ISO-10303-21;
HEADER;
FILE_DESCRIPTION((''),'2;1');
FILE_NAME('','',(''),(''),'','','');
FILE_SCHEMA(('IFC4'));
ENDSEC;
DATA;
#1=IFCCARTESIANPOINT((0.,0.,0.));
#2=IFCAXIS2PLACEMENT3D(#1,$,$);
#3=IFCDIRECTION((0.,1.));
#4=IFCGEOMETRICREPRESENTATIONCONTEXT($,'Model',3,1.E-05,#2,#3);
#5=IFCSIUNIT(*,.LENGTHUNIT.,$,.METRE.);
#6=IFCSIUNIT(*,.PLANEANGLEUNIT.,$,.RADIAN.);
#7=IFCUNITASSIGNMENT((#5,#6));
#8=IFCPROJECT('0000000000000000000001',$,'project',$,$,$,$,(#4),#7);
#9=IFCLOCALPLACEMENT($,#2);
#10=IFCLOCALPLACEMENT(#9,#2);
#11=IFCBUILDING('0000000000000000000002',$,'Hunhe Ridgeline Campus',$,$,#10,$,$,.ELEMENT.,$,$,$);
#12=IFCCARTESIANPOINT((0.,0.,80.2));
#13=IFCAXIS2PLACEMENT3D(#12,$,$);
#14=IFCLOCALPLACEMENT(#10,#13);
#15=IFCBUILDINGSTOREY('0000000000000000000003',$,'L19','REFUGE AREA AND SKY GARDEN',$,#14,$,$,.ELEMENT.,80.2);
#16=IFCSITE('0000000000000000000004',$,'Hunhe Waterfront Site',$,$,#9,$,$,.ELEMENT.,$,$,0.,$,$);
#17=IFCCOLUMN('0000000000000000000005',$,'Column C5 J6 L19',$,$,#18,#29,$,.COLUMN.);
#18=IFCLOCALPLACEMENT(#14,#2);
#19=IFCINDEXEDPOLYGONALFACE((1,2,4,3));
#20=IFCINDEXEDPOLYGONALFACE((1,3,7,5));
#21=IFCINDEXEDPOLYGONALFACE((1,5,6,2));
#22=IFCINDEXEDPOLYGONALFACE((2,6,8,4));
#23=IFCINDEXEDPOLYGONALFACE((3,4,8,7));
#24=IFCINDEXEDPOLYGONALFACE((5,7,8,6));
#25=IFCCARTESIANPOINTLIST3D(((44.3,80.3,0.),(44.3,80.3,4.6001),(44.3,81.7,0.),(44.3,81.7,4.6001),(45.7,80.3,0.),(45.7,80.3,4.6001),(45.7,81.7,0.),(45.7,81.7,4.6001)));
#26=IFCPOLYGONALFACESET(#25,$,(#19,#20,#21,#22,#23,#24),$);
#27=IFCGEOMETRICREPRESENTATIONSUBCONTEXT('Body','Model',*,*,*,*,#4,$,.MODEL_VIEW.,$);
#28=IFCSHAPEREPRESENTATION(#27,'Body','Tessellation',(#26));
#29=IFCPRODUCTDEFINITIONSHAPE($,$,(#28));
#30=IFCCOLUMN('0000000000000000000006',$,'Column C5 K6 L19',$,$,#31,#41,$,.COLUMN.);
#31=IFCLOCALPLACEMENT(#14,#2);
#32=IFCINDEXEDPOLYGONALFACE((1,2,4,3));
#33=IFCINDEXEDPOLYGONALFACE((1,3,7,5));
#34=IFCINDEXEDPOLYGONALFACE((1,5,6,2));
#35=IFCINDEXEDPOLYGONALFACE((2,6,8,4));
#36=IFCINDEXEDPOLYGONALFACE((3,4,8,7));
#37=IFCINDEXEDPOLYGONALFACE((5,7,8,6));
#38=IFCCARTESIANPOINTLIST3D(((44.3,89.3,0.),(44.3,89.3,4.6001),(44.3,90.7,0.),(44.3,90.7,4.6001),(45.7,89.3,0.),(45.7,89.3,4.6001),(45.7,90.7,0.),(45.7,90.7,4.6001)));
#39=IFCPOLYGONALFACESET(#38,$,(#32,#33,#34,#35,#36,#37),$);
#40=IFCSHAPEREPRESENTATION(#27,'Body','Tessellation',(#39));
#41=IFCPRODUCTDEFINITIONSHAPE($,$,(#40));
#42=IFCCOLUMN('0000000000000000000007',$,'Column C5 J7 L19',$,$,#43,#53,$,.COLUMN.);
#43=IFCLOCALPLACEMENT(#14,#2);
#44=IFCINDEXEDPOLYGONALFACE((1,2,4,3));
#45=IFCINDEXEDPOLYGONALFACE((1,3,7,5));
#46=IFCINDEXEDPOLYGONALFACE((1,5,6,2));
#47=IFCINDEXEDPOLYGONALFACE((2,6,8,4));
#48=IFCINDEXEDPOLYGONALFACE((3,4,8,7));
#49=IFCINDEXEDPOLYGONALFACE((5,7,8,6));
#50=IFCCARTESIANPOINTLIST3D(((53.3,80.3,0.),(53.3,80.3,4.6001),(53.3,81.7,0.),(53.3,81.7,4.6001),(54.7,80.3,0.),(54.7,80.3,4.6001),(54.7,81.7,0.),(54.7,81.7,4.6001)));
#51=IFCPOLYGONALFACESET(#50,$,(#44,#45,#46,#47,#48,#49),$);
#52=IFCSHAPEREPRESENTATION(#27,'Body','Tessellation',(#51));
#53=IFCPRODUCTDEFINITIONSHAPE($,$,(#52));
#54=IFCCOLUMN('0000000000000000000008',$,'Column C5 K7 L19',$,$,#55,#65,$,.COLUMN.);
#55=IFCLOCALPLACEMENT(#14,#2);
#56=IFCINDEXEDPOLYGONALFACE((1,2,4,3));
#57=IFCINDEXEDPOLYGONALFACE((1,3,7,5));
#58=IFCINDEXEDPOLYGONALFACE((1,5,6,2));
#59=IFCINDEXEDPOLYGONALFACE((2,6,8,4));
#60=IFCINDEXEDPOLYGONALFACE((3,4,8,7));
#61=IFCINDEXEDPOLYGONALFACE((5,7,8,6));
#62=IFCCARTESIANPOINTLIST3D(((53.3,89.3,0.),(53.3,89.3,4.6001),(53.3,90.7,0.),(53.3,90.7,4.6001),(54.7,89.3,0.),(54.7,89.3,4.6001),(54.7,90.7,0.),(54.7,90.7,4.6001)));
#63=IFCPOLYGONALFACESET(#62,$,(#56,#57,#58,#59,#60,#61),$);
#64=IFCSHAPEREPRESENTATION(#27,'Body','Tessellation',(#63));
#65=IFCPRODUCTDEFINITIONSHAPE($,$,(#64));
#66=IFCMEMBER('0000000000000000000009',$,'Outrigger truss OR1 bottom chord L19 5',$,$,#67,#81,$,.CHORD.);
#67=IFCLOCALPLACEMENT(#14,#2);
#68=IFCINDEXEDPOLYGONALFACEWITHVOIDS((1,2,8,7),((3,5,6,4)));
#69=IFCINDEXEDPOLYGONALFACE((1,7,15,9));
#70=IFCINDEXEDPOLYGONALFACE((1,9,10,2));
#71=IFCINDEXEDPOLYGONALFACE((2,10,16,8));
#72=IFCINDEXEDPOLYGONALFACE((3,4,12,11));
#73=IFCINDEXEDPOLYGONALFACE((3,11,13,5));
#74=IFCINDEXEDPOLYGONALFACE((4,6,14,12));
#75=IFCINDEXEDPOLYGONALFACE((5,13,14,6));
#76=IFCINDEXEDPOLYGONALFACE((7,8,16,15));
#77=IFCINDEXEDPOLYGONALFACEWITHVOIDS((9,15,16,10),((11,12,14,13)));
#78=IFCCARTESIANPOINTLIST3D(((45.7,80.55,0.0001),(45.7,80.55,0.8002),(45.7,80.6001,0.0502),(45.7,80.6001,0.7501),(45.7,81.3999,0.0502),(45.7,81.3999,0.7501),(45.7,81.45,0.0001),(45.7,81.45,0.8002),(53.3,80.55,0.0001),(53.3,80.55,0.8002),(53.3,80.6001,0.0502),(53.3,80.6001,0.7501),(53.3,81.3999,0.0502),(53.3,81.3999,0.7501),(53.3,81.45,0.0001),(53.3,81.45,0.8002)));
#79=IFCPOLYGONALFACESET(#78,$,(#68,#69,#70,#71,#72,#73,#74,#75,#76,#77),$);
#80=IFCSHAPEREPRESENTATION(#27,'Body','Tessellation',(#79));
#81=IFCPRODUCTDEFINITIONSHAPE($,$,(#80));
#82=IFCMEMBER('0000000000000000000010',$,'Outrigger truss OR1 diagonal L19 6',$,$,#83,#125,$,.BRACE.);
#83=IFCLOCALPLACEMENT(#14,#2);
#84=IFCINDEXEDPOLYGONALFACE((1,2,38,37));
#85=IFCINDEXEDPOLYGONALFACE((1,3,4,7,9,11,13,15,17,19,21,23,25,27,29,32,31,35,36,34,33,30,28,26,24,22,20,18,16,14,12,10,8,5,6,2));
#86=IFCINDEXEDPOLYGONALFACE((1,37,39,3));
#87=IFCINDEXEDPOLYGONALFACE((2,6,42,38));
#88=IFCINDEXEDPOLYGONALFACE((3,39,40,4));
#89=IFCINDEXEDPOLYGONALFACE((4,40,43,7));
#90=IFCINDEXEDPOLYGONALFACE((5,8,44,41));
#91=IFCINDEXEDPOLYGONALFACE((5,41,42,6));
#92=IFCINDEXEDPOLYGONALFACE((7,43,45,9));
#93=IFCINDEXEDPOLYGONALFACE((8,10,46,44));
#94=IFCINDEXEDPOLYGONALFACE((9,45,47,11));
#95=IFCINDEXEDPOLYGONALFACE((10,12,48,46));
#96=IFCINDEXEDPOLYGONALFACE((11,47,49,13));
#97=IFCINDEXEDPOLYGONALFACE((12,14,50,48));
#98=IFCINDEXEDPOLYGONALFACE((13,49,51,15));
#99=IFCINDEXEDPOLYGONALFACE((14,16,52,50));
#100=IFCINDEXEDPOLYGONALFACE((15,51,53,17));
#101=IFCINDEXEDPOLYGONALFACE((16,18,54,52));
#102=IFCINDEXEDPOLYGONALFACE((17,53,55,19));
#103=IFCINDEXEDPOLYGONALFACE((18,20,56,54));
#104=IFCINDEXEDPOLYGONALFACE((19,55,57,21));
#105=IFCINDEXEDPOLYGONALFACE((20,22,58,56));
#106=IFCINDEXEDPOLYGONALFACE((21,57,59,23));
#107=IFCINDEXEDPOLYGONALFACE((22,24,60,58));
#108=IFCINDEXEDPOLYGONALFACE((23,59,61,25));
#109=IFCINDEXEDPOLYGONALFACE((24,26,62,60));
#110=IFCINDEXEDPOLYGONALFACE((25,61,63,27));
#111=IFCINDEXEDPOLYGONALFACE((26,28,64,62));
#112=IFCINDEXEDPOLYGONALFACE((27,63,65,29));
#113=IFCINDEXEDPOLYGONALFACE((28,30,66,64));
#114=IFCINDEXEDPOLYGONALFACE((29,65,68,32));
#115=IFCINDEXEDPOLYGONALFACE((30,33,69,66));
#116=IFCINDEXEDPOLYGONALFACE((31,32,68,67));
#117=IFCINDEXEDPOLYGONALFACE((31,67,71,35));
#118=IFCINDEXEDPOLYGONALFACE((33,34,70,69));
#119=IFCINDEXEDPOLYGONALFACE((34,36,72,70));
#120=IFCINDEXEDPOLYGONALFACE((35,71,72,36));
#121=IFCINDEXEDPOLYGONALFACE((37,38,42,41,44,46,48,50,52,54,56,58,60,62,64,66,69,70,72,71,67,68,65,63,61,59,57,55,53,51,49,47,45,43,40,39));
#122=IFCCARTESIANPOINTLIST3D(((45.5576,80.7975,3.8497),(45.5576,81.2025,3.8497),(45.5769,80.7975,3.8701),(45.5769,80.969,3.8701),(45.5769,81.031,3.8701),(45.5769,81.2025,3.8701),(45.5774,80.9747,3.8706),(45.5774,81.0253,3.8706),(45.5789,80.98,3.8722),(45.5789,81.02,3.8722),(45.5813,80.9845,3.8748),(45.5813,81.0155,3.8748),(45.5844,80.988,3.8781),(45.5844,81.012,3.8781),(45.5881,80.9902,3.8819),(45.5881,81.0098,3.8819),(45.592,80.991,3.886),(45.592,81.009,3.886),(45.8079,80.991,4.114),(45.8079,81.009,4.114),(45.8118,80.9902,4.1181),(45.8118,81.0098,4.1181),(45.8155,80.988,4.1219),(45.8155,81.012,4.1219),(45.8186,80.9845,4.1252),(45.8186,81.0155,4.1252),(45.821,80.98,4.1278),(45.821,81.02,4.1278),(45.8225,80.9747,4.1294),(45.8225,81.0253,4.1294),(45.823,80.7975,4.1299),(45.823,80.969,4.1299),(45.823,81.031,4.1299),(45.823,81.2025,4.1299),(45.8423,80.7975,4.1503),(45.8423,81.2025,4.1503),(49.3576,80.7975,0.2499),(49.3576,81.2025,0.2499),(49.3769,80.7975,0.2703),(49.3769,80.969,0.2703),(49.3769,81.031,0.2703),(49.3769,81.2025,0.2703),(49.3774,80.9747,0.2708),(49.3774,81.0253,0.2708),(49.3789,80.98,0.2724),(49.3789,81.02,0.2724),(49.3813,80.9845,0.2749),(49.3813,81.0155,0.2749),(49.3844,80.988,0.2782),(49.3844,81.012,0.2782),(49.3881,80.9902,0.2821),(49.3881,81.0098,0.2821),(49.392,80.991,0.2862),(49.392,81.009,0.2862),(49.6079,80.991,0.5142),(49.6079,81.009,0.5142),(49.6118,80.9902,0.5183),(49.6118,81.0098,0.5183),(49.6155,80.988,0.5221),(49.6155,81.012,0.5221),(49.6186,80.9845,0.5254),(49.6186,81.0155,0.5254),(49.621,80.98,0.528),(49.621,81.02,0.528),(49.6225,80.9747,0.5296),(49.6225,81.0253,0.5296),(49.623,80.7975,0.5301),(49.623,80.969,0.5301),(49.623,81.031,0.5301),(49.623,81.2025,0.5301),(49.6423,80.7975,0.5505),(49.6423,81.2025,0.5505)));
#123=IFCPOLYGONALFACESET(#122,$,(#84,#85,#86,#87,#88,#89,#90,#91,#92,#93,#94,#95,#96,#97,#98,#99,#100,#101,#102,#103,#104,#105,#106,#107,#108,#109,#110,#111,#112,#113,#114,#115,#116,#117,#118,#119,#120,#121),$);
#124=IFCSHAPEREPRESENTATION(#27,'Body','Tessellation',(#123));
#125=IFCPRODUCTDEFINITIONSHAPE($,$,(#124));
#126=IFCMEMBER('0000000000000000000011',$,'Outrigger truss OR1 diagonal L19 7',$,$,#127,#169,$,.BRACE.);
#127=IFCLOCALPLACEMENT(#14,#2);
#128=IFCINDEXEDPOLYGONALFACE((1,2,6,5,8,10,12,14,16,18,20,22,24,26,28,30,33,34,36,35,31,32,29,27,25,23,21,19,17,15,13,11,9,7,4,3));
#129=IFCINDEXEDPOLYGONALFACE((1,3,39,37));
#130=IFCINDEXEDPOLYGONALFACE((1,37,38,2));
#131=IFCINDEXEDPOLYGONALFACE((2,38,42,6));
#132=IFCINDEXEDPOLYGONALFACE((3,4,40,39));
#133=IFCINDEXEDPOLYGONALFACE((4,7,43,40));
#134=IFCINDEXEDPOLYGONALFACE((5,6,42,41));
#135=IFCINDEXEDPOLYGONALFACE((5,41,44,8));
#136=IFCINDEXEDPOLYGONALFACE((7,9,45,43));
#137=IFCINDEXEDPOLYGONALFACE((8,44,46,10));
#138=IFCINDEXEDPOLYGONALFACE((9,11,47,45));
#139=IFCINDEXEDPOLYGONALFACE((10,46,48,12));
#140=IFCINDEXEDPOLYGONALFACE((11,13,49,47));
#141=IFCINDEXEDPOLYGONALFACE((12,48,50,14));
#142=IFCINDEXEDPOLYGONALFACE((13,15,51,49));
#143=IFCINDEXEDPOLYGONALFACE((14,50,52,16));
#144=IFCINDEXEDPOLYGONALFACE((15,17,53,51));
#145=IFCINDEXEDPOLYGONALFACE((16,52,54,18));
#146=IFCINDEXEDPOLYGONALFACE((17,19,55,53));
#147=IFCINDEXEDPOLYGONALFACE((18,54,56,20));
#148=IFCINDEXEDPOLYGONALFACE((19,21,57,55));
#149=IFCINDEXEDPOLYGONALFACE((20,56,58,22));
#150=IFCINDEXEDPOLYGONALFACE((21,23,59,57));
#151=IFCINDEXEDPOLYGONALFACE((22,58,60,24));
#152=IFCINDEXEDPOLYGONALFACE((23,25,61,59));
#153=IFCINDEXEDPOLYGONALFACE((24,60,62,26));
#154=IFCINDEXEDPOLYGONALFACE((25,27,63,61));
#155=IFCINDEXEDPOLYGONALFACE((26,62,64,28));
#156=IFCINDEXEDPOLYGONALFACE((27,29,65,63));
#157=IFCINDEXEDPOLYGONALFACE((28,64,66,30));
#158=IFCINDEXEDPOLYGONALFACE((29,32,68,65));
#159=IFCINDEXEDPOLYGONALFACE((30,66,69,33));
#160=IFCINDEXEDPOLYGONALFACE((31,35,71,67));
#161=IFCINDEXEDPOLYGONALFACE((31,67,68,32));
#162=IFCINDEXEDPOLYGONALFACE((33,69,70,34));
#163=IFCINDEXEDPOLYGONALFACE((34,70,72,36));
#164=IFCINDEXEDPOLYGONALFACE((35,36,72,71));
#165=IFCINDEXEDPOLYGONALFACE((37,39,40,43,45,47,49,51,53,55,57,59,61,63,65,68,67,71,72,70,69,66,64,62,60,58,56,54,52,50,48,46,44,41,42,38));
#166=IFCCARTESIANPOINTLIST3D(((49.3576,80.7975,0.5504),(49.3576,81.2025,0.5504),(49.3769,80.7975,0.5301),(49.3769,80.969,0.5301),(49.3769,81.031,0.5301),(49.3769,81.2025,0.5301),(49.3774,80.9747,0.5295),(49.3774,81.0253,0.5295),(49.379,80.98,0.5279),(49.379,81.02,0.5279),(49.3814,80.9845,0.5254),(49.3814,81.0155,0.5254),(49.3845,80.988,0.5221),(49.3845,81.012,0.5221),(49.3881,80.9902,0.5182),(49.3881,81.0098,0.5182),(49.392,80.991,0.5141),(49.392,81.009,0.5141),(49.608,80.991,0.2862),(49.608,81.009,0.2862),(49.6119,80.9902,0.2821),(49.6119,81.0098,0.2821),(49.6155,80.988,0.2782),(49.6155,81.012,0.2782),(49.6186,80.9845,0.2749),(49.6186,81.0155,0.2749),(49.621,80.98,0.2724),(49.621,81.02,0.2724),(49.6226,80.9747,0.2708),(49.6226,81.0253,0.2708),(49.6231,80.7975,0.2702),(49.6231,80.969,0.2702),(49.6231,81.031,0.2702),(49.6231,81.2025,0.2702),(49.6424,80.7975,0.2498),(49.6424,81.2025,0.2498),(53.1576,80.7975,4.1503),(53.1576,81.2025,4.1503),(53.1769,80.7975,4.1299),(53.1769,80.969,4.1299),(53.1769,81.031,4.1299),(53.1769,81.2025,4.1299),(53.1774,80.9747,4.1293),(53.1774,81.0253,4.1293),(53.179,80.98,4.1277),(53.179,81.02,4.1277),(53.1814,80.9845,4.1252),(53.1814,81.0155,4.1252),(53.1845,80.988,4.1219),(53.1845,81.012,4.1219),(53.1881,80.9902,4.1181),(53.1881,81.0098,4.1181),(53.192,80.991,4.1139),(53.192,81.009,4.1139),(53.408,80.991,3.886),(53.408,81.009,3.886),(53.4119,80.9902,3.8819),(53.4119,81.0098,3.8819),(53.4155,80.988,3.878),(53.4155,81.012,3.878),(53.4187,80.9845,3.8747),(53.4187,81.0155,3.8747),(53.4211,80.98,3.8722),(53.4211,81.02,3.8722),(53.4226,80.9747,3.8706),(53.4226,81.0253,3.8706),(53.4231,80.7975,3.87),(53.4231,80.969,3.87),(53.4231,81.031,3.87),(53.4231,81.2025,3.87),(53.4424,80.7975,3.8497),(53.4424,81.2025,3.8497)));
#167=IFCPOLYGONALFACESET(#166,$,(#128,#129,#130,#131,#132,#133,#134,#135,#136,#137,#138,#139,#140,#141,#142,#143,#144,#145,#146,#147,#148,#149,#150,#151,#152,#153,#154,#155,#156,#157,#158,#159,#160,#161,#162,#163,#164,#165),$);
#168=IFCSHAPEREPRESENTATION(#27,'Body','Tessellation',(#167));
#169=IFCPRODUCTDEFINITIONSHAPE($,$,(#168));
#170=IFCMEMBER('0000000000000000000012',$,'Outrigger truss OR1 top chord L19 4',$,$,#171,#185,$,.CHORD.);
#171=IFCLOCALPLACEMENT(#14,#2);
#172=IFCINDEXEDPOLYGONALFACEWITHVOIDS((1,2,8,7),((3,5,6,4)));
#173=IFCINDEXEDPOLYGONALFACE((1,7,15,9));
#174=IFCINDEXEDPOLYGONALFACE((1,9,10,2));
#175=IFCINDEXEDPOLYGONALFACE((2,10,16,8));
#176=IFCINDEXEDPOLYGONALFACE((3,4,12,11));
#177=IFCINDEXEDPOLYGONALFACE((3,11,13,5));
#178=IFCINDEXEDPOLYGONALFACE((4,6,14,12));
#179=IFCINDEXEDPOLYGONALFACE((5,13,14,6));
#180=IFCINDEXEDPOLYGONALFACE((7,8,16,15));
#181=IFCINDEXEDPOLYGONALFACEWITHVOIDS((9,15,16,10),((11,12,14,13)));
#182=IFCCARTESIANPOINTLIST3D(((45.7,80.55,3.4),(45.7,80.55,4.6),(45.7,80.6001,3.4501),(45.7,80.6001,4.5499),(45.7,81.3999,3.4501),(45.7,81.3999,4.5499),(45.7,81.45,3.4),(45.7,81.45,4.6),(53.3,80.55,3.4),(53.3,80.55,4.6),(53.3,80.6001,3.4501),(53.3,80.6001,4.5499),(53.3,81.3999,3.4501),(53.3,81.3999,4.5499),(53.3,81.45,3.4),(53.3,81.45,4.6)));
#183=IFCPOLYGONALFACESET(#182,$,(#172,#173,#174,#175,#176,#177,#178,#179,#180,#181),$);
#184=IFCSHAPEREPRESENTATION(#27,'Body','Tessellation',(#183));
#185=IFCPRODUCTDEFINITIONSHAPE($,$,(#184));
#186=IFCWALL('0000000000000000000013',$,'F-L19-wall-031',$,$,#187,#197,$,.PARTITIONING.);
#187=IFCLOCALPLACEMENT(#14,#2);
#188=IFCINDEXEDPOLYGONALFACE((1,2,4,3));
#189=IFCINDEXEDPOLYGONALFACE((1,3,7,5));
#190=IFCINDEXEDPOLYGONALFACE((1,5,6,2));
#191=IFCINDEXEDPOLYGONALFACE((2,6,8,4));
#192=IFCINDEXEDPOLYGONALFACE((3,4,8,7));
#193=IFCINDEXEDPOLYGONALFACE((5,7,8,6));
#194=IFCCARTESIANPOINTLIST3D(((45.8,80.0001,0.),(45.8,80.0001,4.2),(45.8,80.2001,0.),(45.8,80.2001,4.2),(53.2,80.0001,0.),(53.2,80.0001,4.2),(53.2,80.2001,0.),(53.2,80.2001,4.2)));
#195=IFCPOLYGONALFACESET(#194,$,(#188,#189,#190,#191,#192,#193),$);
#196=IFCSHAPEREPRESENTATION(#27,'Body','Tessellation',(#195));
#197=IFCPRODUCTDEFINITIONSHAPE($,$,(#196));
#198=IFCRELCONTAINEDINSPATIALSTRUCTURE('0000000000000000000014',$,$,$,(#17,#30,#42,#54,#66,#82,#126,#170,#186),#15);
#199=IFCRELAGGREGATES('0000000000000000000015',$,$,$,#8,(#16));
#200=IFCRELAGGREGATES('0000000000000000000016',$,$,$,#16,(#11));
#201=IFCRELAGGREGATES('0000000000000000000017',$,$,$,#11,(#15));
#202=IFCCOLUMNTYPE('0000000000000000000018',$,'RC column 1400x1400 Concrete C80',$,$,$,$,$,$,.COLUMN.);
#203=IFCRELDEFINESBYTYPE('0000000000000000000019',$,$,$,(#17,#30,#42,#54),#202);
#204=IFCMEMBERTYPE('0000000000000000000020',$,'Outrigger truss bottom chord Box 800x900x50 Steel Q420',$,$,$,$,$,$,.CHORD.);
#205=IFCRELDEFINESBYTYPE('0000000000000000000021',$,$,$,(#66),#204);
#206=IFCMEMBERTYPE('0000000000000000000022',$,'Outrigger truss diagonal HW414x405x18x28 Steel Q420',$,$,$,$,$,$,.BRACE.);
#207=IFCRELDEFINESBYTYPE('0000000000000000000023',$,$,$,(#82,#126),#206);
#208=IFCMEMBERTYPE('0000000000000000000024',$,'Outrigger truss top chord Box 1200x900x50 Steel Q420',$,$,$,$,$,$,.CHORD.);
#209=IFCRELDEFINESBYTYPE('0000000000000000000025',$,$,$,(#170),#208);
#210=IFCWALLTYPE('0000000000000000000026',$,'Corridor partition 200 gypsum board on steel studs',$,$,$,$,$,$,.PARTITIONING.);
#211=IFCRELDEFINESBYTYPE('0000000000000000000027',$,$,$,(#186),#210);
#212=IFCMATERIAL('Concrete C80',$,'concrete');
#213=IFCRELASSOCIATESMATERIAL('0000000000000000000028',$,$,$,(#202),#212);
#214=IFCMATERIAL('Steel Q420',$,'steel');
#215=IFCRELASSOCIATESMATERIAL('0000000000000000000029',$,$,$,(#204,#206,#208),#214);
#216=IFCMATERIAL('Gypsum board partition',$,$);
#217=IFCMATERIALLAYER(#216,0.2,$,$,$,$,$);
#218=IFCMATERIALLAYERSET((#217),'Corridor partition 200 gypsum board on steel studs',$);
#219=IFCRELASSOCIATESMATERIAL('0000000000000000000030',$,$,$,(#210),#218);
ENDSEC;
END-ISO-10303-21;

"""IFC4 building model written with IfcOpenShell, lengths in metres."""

from ifc_helpers import new_model, si_unit, direction, frame, frame_2d, origin, origin_2d, place, context, subcontext, project, spatial, rectangle, hollow_rectangle, i_section, extrude, material, layer, layer_set, material_profile, profile_set, type_object, element, save


model = new_model("IFC4")

# Units and contexts
model_context = context("Model", 3, precision=1e-05, world=origin(), true_north=direction((0.0, 1.0)))
body_context = subcontext(model_context, "Body", "Model", "MODEL_VIEW")
ifc_project = project(units=[si_unit("LENGTHUNIT", "METRE"), si_unit("PLANEANGLEUNIT", "RADIAN")], contexts=[model_context])

# Site, building, storey
site_placement = place(None, origin())
site = spatial("IfcSite", under=ifc_project, at=site_placement, Name="Hunhe Waterfront Site", CompositionType="ELEMENT", RefElevation=0.0)
building_placement = place(site_placement, origin())
building = spatial("IfcBuilding", under=site, at=building_placement, Name="Hunhe Ridgeline Campus", CompositionType="ELEMENT")
storey_placement = place(building_placement, frame((0.0, 0.0, 80.2)))
storey = spatial("IfcBuildingStorey", under=building, at=storey_placement, Name="L19", Description="REFUGE AREA AND SKY GARDEN", CompositionType="ELEMENT", Elevation=80.2)

# Columns
ifc_material_1 = material(Name="Concrete C80", Category="concrete")
ifc_material_profile_1 = material_profile(ifc_material_1, rectangle(XDim=1.3999, YDim=1.3999, at=origin_2d()))
ifc_profile_set_1 = profile_set([ifc_material_profile_1], Name="Concrete C80")
column_type = type_object("IfcColumnType", Name="RC column 1400x1400 Concrete C80", PredefinedType="COLUMN", material=ifc_profile_set_1)
for number, where, z_axis, x_axis, name in (
    (1, (45.0, 81.0, 0.0), (0.0, 0.0, 1.0), (1.0, 0.0, 0.0), "Column C5 J6 L19"),
    (2, (45.0, 90.0, 0.0), (0.0, 0.0, 1.0), (1.0, 0.0, 0.0), "Column C5 K6 L19"),
    (3, (54.0, 81.0, 0.0), (0.0, 0.0, 1.0), (1.0, 0.0, 0.0), "Column C5 J7 L19"),
    (4, (54.0, 90.0, 0.0), (0.0, 0.0, 1.0), (1.0, 0.0, 0.0), "Column C5 K7 L19"),
):
    element("IfcColumn", number, at=place(storey_placement, frame(where, z_axis=z_axis, x_axis=x_axis)), inside=storey, type_object=column_type, Name=name, PredefinedType="COLUMN", context=body_context, shape_type="SweptSolid", body=[
        extrude(rectangle(XDim=1.3999, YDim=1.3999, at=origin_2d()), origin(), (0.0, 0.0, 1.0), 4.6001),
    ])

# Members
ifc_material_2 = material(Name="Steel Q420", Category="steel")
ifc_material_profile_2 = material_profile(ifc_material_2, hollow_rectangle(XDim=0.8999, YDim=0.8, WallThickness=0.05, at=origin_2d()))
ifc_profile_set_2 = profile_set([ifc_material_profile_2], Name="Steel Q420")
member_type_1 = type_object("IfcMemberType", Name="Outrigger truss bottom chord Box 800x900x50 Steel Q420", PredefinedType="CHORD", material=ifc_profile_set_2)
member_1_placement = place(storey_placement, frame((45.7, 81.0, 0.4001), z_axis=(1.0, 0.0, 0.0), x_axis=(0.0, 1.0, 0.0)))
element("IfcMember", 5, at=member_1_placement, inside=storey, type_object=member_type_1, Name="Outrigger truss OR1 bottom chord L19 5", PredefinedType="CHORD", context=body_context, shape_type="SweptSolid", body=[
    extrude(hollow_rectangle(XDim=0.8999, YDim=0.8, WallThickness=0.05, at=origin_2d()), origin(), (0.0, 0.0, 1.0), 7.6001),
])
ifc_material_profile_3 = material_profile(ifc_material_2, i_section(OverallWidth=0.405, OverallDepth=0.4141, WebThickness=0.0181, FlangeThickness=0.0281, FilletRadius=0.022, at=origin_2d()))
ifc_profile_set_3 = profile_set([ifc_material_profile_3], Name="Steel Q420")
member_type_2 = type_object("IfcMemberType", Name="Outrigger truss diagonal HW414x405x18x28 Steel Q420", PredefinedType="BRACE", material=ifc_profile_set_3)
for number, where, z_axis, x_axis, name in (
    (6, (45.7, 81.0, 4.0), (0.725971, 0.0, -0.687725), (0.0, 1.0, 0.0), "Outrigger truss OR1 diagonal L19 6"),
    (7, (49.5, 81.0, 0.4001), (0.725971, 0.0, 0.687725), (0.0, 1.0, 0.0), "Outrigger truss OR1 diagonal L19 7"),
):
    element("IfcMember", number, at=place(storey_placement, frame(where, z_axis=z_axis, x_axis=x_axis)), inside=storey, type_object=member_type_2, Name=name, PredefinedType="BRACE", context=body_context, shape_type="SweptSolid", body=[
        extrude(i_section(OverallWidth=0.405, OverallDepth=0.4141, WebThickness=0.0181, FlangeThickness=0.0281, FilletRadius=0.022, at=origin_2d()), origin(), (0.0, 0.0, 1.0), 5.2344),
    ])
ifc_material_profile_4 = material_profile(ifc_material_2, hollow_rectangle(XDim=0.8999, YDim=1.2, WallThickness=0.05, at=origin_2d()))
ifc_profile_set_4 = profile_set([ifc_material_profile_4], Name="Steel Q420")
member_type_3 = type_object("IfcMemberType", Name="Outrigger truss top chord Box 1200x900x50 Steel Q420", PredefinedType="CHORD", material=ifc_profile_set_4)
member_2_placement = place(storey_placement, frame((45.7, 81.0, 4.0), z_axis=(1.0, 0.0, 0.0), x_axis=(0.0, 1.0, 0.0)))
element("IfcMember", 8, at=member_2_placement, inside=storey, type_object=member_type_3, Name="Outrigger truss OR1 top chord L19 4", PredefinedType="CHORD", context=body_context, shape_type="SweptSolid", body=[
    extrude(hollow_rectangle(XDim=0.8999, YDim=1.2, WallThickness=0.05, at=origin_2d()), origin(), (0.0, 0.0, 1.0), 7.6001),
])

# Wall
ifc_material_3 = material(Name="Gypsum board partition")
ifc_layer_1 = layer(ifc_material_3, 0.2)
ifc_layer_set_1 = layer_set([ifc_layer_1], Name="Corridor partition 200 gypsum board on steel studs")
wall_type_1 = type_object("IfcWallType", Name="Corridor partition 200 gypsum board on steel studs", PredefinedType="PARTITIONING", material=ifc_layer_set_1)
wall_1_placement = place(storey_placement, frame((45.8, 80.1001, 0.0), z_axis=(0.0, 0.0, 1.0), x_axis=(1.0, 0.0, 0.0)))
element("IfcWall", 9, at=wall_1_placement, inside=storey, type_object=wall_type_1, Name="F-L19-wall-031", PredefinedType="PARTITIONING", context=body_context, shape_type="SweptSolid", body=[
    extrude(rectangle(XDim=7.3999, YDim=0.2, at=frame_2d((3.7, 0.0))), origin(), (0.0, 0.0, 1.0), 4.2),
])

save(model, "model.ifc")
